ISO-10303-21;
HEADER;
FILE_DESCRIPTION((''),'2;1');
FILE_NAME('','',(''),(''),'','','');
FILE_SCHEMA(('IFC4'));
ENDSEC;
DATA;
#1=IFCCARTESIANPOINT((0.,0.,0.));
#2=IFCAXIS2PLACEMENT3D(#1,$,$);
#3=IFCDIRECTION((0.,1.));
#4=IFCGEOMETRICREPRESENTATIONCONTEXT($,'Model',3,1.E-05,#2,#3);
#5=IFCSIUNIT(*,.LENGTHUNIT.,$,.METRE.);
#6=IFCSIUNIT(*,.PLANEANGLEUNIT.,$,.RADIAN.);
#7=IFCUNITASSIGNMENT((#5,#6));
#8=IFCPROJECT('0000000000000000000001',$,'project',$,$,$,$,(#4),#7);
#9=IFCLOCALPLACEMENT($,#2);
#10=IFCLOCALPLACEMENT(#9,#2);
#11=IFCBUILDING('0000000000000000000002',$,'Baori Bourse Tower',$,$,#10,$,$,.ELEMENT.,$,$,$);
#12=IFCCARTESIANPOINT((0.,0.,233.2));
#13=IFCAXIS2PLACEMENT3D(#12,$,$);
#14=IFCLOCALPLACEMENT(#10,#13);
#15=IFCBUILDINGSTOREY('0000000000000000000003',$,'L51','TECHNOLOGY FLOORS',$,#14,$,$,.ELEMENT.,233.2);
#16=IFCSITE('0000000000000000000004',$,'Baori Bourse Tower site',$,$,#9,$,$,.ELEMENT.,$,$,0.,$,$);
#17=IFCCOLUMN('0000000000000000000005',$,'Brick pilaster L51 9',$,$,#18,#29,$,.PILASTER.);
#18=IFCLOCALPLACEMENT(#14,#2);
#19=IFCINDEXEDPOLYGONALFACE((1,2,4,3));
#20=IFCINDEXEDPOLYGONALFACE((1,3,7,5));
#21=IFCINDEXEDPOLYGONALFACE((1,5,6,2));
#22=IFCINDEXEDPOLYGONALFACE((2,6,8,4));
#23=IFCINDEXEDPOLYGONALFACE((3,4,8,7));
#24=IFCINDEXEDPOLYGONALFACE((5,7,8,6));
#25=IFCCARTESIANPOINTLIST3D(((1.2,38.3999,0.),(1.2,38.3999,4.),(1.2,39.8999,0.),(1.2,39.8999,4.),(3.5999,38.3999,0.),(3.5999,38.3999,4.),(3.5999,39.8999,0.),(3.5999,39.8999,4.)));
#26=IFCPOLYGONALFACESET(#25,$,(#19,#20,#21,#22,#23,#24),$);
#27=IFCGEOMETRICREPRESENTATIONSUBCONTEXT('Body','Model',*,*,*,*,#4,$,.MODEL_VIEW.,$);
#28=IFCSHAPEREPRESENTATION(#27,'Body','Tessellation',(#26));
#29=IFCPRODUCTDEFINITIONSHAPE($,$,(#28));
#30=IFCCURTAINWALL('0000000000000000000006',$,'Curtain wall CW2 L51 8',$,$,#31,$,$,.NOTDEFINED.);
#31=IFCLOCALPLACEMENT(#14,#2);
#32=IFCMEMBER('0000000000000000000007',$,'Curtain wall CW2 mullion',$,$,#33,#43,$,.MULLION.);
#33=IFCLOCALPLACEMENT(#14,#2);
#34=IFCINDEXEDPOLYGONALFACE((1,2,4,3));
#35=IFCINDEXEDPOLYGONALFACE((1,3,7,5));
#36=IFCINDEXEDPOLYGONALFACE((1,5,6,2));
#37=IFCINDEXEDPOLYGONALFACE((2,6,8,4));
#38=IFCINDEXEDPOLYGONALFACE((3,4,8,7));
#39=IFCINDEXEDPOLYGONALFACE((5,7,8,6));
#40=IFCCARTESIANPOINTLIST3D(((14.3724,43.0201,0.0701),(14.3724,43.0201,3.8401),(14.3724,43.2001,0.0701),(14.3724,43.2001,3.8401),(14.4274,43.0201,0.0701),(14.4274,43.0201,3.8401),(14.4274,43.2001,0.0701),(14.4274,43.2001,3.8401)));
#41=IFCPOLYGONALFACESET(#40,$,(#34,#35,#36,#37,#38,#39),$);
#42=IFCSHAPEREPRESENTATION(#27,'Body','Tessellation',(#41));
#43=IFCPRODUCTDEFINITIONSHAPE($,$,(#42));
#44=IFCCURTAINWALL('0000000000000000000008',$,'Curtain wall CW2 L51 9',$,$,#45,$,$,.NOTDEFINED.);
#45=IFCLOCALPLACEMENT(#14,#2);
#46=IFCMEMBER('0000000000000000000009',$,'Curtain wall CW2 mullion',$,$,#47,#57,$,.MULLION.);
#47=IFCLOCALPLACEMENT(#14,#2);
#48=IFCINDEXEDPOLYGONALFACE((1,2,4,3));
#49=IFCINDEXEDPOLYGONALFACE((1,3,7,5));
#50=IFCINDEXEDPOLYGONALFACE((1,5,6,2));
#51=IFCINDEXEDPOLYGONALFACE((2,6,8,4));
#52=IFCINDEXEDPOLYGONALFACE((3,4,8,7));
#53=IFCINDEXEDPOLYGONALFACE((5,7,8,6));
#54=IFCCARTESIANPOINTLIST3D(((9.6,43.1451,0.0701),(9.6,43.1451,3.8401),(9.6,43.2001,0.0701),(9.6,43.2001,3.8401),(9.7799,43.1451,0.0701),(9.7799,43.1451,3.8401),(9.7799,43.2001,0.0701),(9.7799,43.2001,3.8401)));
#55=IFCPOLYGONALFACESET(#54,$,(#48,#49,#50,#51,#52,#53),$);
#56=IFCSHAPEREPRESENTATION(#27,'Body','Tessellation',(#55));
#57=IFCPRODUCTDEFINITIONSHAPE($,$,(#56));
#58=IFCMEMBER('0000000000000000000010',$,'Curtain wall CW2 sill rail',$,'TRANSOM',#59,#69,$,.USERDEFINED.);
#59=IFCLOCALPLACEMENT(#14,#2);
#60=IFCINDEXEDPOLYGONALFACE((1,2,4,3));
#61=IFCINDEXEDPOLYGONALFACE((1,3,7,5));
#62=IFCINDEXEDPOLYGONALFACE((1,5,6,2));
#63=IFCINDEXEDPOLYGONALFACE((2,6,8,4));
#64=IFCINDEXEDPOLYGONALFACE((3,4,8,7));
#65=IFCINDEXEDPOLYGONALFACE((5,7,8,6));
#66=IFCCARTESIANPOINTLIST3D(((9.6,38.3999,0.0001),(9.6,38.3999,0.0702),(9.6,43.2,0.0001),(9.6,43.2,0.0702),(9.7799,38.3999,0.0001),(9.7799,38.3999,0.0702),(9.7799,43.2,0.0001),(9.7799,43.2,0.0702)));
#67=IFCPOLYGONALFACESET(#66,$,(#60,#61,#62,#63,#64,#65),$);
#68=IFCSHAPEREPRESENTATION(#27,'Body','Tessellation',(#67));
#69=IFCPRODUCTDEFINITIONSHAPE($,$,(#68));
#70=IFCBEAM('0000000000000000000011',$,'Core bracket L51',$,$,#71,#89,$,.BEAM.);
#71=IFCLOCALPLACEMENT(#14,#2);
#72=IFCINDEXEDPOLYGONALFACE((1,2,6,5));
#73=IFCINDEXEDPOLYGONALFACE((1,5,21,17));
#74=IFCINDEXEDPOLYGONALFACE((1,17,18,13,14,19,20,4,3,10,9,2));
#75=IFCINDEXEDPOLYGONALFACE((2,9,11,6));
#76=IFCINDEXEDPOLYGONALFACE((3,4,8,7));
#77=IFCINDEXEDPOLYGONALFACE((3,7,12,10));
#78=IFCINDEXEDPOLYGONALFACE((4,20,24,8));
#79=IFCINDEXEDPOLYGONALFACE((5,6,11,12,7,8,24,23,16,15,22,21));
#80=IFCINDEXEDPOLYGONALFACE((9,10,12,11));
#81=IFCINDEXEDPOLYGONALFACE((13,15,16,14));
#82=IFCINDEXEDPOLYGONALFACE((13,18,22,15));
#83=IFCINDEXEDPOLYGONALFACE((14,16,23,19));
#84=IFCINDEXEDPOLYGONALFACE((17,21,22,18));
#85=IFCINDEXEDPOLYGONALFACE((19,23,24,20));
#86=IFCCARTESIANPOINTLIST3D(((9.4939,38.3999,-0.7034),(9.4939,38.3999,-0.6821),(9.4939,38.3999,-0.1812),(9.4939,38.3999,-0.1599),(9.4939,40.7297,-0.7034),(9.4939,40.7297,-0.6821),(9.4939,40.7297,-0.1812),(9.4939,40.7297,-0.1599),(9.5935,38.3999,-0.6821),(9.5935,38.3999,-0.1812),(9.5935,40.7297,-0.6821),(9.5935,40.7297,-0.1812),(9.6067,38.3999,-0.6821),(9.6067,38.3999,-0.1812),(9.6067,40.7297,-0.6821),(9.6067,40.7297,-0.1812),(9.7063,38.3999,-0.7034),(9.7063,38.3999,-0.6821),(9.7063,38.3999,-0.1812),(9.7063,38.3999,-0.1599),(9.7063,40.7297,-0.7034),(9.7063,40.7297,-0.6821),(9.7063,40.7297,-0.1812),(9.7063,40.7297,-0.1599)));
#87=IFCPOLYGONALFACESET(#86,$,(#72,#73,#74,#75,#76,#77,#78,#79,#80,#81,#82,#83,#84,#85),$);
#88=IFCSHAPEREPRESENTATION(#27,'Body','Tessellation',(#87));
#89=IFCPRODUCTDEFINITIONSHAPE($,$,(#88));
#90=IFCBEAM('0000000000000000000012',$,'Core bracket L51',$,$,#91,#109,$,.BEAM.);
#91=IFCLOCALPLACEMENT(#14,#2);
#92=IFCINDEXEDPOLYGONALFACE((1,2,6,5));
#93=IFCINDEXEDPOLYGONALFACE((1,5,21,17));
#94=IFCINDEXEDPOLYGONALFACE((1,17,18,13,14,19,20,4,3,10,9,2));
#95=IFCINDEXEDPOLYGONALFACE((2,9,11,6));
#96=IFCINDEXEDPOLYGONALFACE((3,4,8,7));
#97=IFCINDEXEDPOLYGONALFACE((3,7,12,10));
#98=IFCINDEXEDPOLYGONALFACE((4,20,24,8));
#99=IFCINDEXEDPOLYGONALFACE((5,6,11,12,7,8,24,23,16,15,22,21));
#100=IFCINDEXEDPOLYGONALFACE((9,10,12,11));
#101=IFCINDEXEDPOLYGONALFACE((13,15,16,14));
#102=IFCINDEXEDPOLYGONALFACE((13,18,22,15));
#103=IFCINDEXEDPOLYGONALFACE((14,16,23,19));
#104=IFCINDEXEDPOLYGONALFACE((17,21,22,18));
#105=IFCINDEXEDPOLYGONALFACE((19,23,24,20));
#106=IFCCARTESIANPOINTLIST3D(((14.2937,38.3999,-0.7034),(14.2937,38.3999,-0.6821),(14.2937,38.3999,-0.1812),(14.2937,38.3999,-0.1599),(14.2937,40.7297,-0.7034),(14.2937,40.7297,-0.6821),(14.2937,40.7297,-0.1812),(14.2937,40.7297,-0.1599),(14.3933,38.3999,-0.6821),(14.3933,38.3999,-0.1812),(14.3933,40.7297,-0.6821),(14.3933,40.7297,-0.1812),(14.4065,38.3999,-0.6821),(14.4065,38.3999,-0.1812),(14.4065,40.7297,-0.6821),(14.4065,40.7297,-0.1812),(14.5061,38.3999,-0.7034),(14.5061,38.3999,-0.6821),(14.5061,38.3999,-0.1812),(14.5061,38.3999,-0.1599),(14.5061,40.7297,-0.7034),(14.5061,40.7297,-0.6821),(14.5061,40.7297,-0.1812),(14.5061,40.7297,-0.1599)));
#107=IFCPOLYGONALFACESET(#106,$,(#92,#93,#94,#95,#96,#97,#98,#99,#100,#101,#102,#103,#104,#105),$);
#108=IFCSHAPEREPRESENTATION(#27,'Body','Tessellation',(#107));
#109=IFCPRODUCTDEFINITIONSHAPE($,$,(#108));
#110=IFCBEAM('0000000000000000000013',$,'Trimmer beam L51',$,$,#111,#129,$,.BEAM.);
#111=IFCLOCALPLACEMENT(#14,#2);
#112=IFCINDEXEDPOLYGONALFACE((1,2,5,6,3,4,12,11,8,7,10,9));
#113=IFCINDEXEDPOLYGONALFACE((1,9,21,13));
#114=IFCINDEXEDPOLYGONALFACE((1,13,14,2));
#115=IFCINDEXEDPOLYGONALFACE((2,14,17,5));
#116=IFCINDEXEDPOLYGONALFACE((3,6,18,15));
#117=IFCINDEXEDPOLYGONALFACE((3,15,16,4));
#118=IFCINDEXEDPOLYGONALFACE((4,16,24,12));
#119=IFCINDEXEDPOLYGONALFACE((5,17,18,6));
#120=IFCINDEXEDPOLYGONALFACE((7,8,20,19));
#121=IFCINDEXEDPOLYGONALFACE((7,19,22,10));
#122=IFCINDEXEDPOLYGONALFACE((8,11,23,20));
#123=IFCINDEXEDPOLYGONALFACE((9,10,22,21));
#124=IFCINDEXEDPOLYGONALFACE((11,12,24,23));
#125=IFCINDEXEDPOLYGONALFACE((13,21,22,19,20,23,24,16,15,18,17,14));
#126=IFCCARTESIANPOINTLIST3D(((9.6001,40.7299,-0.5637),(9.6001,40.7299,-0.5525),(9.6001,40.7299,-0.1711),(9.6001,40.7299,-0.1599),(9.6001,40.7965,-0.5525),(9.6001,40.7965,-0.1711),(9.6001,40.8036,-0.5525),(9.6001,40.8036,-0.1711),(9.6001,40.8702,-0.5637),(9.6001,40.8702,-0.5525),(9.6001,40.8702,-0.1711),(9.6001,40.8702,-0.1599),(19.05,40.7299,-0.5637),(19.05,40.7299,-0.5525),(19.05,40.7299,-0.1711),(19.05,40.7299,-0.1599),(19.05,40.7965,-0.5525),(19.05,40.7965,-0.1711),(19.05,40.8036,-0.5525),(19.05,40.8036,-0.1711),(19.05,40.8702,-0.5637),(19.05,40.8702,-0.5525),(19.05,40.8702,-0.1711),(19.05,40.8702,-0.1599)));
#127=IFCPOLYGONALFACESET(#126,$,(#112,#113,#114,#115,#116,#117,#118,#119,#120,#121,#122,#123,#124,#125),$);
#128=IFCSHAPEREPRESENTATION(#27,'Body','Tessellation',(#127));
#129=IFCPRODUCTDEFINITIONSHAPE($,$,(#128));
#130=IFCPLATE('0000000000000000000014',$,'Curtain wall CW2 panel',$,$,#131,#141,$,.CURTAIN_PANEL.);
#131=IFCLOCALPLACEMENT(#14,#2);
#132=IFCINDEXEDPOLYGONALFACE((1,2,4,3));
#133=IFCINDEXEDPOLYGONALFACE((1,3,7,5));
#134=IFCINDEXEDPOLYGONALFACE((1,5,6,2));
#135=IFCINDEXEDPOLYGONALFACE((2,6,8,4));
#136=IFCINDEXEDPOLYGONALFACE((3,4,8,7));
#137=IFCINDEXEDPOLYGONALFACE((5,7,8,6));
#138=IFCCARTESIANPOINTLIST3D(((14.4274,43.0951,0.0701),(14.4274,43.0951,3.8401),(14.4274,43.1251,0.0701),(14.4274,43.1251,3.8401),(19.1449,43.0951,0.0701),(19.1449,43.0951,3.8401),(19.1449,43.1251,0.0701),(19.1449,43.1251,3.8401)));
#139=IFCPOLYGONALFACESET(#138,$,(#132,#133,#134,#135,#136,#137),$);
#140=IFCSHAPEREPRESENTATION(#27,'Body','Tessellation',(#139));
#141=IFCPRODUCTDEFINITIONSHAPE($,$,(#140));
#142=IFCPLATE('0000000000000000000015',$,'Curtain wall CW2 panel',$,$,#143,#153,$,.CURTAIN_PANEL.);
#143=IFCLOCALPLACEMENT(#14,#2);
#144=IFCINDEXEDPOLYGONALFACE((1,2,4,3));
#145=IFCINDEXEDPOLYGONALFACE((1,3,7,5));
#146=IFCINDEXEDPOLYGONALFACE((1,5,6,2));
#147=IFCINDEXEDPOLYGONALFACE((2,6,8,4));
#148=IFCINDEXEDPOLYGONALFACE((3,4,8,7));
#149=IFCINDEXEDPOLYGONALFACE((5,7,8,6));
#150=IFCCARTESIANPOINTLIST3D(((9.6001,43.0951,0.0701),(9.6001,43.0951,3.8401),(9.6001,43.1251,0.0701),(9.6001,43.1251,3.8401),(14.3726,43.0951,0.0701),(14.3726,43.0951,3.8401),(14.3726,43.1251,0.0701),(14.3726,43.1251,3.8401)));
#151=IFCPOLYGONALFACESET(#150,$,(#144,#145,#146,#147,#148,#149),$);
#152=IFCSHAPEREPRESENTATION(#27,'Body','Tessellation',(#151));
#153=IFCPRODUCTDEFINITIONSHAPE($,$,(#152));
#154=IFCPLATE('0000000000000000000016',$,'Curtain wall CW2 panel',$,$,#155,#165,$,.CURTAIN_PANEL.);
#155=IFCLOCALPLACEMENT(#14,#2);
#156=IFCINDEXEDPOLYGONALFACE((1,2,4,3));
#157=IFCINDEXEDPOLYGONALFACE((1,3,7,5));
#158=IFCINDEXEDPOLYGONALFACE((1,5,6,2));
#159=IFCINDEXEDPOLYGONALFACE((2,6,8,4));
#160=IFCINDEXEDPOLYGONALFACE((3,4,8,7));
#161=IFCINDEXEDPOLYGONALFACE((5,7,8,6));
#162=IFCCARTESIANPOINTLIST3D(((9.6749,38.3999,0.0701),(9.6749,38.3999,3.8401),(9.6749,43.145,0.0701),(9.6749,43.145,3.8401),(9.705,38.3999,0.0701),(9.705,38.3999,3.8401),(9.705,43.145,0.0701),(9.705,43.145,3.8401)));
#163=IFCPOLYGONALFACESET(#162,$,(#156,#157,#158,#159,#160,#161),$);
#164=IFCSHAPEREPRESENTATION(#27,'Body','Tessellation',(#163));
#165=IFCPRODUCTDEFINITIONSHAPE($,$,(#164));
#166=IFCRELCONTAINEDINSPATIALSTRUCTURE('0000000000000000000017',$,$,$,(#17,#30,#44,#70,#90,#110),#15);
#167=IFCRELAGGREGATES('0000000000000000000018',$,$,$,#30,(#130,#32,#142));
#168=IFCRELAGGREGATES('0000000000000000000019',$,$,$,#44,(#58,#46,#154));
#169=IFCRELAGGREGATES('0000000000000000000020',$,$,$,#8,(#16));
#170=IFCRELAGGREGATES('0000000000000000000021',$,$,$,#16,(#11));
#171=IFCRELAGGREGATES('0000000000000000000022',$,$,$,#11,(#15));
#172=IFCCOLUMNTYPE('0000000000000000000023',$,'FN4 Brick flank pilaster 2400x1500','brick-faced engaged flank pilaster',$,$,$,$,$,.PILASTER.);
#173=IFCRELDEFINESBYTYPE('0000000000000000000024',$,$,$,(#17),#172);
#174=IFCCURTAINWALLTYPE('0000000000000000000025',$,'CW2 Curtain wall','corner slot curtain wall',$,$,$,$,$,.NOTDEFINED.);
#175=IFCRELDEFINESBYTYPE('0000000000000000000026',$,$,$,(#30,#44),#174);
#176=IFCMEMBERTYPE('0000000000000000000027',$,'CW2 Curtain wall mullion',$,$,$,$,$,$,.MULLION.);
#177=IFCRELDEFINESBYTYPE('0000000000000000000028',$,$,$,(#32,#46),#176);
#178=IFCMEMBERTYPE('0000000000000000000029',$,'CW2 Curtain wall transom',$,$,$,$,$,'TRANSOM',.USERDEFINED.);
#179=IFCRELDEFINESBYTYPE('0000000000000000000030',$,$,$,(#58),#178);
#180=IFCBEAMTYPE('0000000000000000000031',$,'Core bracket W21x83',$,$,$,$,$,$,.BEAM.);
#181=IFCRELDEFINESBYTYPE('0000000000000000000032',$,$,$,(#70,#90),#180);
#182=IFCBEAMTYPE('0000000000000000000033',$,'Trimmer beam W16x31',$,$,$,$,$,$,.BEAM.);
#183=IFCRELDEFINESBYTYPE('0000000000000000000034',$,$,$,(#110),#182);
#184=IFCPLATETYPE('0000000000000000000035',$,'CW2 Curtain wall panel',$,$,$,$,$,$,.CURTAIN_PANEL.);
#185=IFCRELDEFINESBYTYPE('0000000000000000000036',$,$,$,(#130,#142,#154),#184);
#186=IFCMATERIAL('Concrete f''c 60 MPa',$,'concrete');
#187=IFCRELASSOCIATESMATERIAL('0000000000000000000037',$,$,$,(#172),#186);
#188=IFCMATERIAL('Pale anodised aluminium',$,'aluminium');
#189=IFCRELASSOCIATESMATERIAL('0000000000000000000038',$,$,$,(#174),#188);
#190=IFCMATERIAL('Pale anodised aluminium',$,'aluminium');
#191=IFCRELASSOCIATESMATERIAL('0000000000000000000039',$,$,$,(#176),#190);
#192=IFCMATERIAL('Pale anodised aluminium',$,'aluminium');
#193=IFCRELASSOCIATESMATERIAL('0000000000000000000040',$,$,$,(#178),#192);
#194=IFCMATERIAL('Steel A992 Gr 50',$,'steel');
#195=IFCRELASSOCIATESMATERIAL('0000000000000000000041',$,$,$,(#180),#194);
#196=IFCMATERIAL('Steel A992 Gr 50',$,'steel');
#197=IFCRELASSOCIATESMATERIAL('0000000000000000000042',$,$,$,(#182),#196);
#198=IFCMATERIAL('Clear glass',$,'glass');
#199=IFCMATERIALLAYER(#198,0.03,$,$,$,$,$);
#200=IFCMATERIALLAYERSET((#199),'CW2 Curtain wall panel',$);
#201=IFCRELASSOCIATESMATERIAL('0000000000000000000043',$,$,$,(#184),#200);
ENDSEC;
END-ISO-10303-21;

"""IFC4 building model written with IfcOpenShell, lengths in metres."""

from ifc_helpers import new_model, si_unit, direction, frame, origin, origin_2d, place, context, subcontext, project, spatial, rectangle, i_section, extrude, material, layer, layer_set, material_profile, profile_set, type_object, element, aggregate, save


model = new_model("IFC4")

# Units and contexts
model_context = context("Model", 3, precision=1e-05, world=origin(), true_north=direction((0.0, 1.0)))
body_context = subcontext(model_context, "Body", "Model", "MODEL_VIEW")
ifc_project = project(units=[si_unit("LENGTHUNIT", "METRE"), si_unit("PLANEANGLEUNIT", "RADIAN")], contexts=[model_context])

# Site, building, storey
site_placement = place(None, origin())
site = spatial("IfcSite", under=ifc_project, at=site_placement, Name="Baori Bourse Tower site", CompositionType="ELEMENT", RefElevation=0.0)
building_placement = place(site_placement, origin())
building = spatial("IfcBuilding", under=site, at=building_placement, Name="Baori Bourse Tower", CompositionType="ELEMENT")
storey_placement = place(building_placement, frame((0.0, 0.0, 233.2)))
storey = spatial("IfcBuildingStorey", under=building, at=storey_placement, Name="L51", Description="TECHNOLOGY FLOORS", CompositionType="ELEMENT", Elevation=233.2)

# Column
ifc_material_1 = material(Name="Concrete f'c 60 MPa", Category="concrete")
ifc_material_profile_1 = material_profile(ifc_material_1, rectangle(XDim=2.3999, YDim=1.5, at=origin_2d()), Name="RC 2400x1500")
ifc_profile_set_1 = profile_set([ifc_material_profile_1], Name="Concrete f'c 60 MPa")
column_type = type_object("IfcColumnType", Name="FN4 Brick flank pilaster 2400x1500", Description="brick-faced engaged flank pilaster", PredefinedType="PILASTER", material=ifc_profile_set_1)
column_placement = place(storey_placement, frame((2.3999, 39.1499, 0.0), z_axis=(0.0, 0.0, 1.0), x_axis=(1.0, 0.0, 0.0)))
element("IfcColumn", 1, at=column_placement, inside=storey, type_object=column_type, Name="Brick pilaster L51 9", PredefinedType="PILASTER", context=body_context, shape_type="SweptSolid", body=[
    extrude(rectangle(XDim=2.3999, YDim=1.5, at=origin_2d()), origin(), (0.0, 0.0, 1.0), 4.0),
])

# Curtain wall, member
ifc_material_2 = material(Name="Pale anodised aluminium", Category="aluminium")
curtain_wall_type = type_object("IfcCurtainWallType", Name="CW2 Curtain wall", Description="corner slot curtain wall", PredefinedType="NOTDEFINED", material=ifc_material_2)
curtain_wall_1_placement = place(storey_placement, origin())
curtain_wall_1 = element("IfcCurtainWall", 2, at=curtain_wall_1_placement, inside=storey, type_object=curtain_wall_type, Name="Curtain wall CW2 L51 8", PredefinedType="NOTDEFINED")
ifc_material_3 = material(Name="Pale anodised aluminium", Category="aluminium")
ifc_material_profile_2 = material_profile(ifc_material_3, rectangle(XDim=0.1799, YDim=0.0549, at=origin_2d()), Name="Mullion 55x180")
ifc_profile_set_2 = profile_set([ifc_material_profile_2], Name="Pale anodised aluminium")
member_type_1 = type_object("IfcMemberType", Name="CW2 Curtain wall mullion", PredefinedType="MULLION", material=ifc_profile_set_2)
member_1_placement = place(storey_placement, frame((14.3999, 43.1101, 0.0701), z_axis=(0.0, 0.0, 1.0), x_axis=(0.0, -1.0, 0.0)))
member_1 = element("IfcMember", 3, at=member_1_placement, type_object=member_type_1, Name="Curtain wall CW2 mullion", PredefinedType="MULLION", context=body_context, shape_type="SweptSolid", body=[
    extrude(rectangle(XDim=0.1799, YDim=0.0549, at=origin_2d()), origin(), (0.0, 0.0, 1.0), 3.77),
])

# Curtain wall, members
curtain_wall_2_placement = place(storey_placement, origin())
curtain_wall_2 = element("IfcCurtainWall", 4, at=curtain_wall_2_placement, inside=storey, type_object=curtain_wall_type, Name="Curtain wall CW2 L51 9", PredefinedType="NOTDEFINED")
member_2_placement = place(storey_placement, frame((9.6899, 43.1726, 0.0701), z_axis=(0.0, 0.0, 1.0), x_axis=(1.0, 0.0, 0.0)))
member_2 = element("IfcMember", 5, at=member_2_placement, type_object=member_type_1, Name="Curtain wall CW2 mullion", PredefinedType="MULLION", context=body_context, shape_type="SweptSolid", body=[
    extrude(rectangle(XDim=0.1799, YDim=0.0549, at=origin_2d()), origin(), (0.0, 0.0, 1.0), 3.77),
])
ifc_material_4 = material(Name="Pale anodised aluminium", Category="aluminium")
ifc_material_profile_3 = material_profile(ifc_material_4, rectangle(XDim=0.1799, YDim=0.0701, at=origin_2d()), Name="Transom 70x180")
ifc_profile_set_3 = profile_set([ifc_material_profile_3], Name="Pale anodised aluminium")
member_type_2 = type_object("IfcMemberType", Name="CW2 Curtain wall transom", ElementType="TRANSOM", PredefinedType="USERDEFINED", material=ifc_profile_set_3)
member_3_placement = place(storey_placement, frame((9.6899, 43.2, 0.0352), z_axis=(0.0, -1.0, 0.0), x_axis=(1.0, 0.0, 0.0)))
member_3 = element("IfcMember", 6, at=member_3_placement, type_object=member_type_2, Name="Curtain wall CW2 sill rail", ObjectType="TRANSOM", PredefinedType="USERDEFINED", context=body_context, shape_type="SweptSolid", body=[
    extrude(rectangle(XDim=0.1799, YDim=0.0701, at=origin_2d()), origin(), (0.0, 0.0, 1.0), 4.8),
])

# Beams
ifc_material_5 = material(Name="Steel A992 Gr 50", Category="steel")
ifc_material_profile_4 = material_profile(ifc_material_5, i_section(OverallWidth=0.2124, OverallDepth=0.5435, WebThickness=0.0132, FlangeThickness=0.0212, at=origin_2d()), Name="W21x83")
ifc_profile_set_4 = profile_set([ifc_material_profile_4], Name="Steel A992 Gr 50")
beam_type_1 = type_object("IfcBeamType", Name="Core bracket W21x83", PredefinedType="BEAM", material=ifc_profile_set_4)
for number, where, z_axis, x_axis, name in (
    (7, (9.6001, 38.3999, -0.4316), (0.0, 1.0, 0.0), (-1.0, 0.0, 0.0), "Core bracket L51"),
    (8, (14.3999, 38.3999, -0.4316), (0.0, 1.0, 0.0), (-1.0, 0.0, 0.0), "Core bracket L51"),
):
    element("IfcBeam", number, at=place(storey_placement, frame(where, z_axis=z_axis, x_axis=x_axis)), inside=storey, type_object=beam_type_1, Name=name, PredefinedType="BEAM", context=body_context, shape_type="SweptSolid", body=[
        extrude(i_section(OverallWidth=0.2124, OverallDepth=0.5435, WebThickness=0.0132, FlangeThickness=0.0212, at=origin_2d()), origin(), (0.0, 0.0, 1.0), 2.3298),
    ])
ifc_material_6 = material(Name="Steel A992 Gr 50", Category="steel")
ifc_material_profile_5 = material_profile(ifc_material_6, i_section(OverallWidth=0.1404, OverallDepth=0.4038, WebThickness=0.0071, FlangeThickness=0.0112, at=origin_2d()), Name="W16x31")
ifc_profile_set_5 = profile_set([ifc_material_profile_5], Name="Steel A992 Gr 50")
beam_type_2 = type_object("IfcBeamType", Name="Trimmer beam W16x31", PredefinedType="BEAM", material=ifc_profile_set_5)
beam_placement = place(storey_placement, frame((9.6001, 40.8, -0.3618), z_axis=(1.0, 0.0, 0.0), x_axis=(0.0, 1.0, 0.0)))
element("IfcBeam", 9, at=beam_placement, inside=storey, type_object=beam_type_2, Name="Trimmer beam L51", PredefinedType="BEAM", context=body_context, shape_type="SweptSolid", body=[
    extrude(i_section(OverallWidth=0.1404, OverallDepth=0.4038, WebThickness=0.0071, FlangeThickness=0.0112, at=origin_2d()), origin(), (0.0, 0.0, 1.0), 9.45),
])

# Plates
ifc_material_7 = material(Name="Clear glass", Category="glass")
ifc_layer_1 = layer(ifc_material_7, 0.03)
ifc_layer_set_1 = layer_set([ifc_layer_1], Name="CW2 Curtain wall panel")
plate_type = type_object("IfcPlateType", Name="CW2 Curtain wall panel", PredefinedType="CURTAIN_PANEL", material=ifc_layer_set_1)
plate_1_placement = place(storey_placement, frame((16.7861, 43.1101, 0.0701), z_axis=(0.0, 0.0, 1.0), x_axis=(-1.0, 0.0, 0.0)))
plate_1 = element("IfcPlate", 10, at=plate_1_placement, type_object=plate_type, Name="Curtain wall CW2 panel", PredefinedType="CURTAIN_PANEL", context=body_context, shape_type="SweptSolid", body=[
    extrude(rectangle(XDim=4.7175, YDim=0.03, at=origin_2d()), origin(), (0.0, 0.0, 1.0), 3.77),
])
plate_2_placement = place(storey_placement, frame((11.9863, 43.1101, 0.0701), z_axis=(0.0, 0.0, 1.0), x_axis=(-1.0, 0.0, 0.0)))
plate_2 = element("IfcPlate", 11, at=plate_2_placement, type_object=plate_type, Name="Curtain wall CW2 panel", PredefinedType="CURTAIN_PANEL", context=body_context, shape_type="SweptSolid", body=[
    extrude(rectangle(XDim=4.7725, YDim=0.03, at=origin_2d()), origin(), (0.0, 0.0, 1.0), 3.77),
])
aggregate(curtain_wall_1, [plate_1, member_1, plate_2])
plate_3_placement = place(storey_placement, frame((9.6899, 40.7725, 0.0701), z_axis=(0.0, 0.0, 1.0), x_axis=(0.0, -1.0, 0.0)))
plate_3 = element("IfcPlate", 12, at=plate_3_placement, type_object=plate_type, Name="Curtain wall CW2 panel", PredefinedType="CURTAIN_PANEL", context=body_context, shape_type="SweptSolid", body=[
    extrude(rectangle(XDim=4.7451, YDim=0.03, at=origin_2d()), origin(), (0.0, 0.0, 1.0), 3.77),
])
aggregate(curtain_wall_2, [member_3, member_2, plate_3])

save(model, "model.ifc")
